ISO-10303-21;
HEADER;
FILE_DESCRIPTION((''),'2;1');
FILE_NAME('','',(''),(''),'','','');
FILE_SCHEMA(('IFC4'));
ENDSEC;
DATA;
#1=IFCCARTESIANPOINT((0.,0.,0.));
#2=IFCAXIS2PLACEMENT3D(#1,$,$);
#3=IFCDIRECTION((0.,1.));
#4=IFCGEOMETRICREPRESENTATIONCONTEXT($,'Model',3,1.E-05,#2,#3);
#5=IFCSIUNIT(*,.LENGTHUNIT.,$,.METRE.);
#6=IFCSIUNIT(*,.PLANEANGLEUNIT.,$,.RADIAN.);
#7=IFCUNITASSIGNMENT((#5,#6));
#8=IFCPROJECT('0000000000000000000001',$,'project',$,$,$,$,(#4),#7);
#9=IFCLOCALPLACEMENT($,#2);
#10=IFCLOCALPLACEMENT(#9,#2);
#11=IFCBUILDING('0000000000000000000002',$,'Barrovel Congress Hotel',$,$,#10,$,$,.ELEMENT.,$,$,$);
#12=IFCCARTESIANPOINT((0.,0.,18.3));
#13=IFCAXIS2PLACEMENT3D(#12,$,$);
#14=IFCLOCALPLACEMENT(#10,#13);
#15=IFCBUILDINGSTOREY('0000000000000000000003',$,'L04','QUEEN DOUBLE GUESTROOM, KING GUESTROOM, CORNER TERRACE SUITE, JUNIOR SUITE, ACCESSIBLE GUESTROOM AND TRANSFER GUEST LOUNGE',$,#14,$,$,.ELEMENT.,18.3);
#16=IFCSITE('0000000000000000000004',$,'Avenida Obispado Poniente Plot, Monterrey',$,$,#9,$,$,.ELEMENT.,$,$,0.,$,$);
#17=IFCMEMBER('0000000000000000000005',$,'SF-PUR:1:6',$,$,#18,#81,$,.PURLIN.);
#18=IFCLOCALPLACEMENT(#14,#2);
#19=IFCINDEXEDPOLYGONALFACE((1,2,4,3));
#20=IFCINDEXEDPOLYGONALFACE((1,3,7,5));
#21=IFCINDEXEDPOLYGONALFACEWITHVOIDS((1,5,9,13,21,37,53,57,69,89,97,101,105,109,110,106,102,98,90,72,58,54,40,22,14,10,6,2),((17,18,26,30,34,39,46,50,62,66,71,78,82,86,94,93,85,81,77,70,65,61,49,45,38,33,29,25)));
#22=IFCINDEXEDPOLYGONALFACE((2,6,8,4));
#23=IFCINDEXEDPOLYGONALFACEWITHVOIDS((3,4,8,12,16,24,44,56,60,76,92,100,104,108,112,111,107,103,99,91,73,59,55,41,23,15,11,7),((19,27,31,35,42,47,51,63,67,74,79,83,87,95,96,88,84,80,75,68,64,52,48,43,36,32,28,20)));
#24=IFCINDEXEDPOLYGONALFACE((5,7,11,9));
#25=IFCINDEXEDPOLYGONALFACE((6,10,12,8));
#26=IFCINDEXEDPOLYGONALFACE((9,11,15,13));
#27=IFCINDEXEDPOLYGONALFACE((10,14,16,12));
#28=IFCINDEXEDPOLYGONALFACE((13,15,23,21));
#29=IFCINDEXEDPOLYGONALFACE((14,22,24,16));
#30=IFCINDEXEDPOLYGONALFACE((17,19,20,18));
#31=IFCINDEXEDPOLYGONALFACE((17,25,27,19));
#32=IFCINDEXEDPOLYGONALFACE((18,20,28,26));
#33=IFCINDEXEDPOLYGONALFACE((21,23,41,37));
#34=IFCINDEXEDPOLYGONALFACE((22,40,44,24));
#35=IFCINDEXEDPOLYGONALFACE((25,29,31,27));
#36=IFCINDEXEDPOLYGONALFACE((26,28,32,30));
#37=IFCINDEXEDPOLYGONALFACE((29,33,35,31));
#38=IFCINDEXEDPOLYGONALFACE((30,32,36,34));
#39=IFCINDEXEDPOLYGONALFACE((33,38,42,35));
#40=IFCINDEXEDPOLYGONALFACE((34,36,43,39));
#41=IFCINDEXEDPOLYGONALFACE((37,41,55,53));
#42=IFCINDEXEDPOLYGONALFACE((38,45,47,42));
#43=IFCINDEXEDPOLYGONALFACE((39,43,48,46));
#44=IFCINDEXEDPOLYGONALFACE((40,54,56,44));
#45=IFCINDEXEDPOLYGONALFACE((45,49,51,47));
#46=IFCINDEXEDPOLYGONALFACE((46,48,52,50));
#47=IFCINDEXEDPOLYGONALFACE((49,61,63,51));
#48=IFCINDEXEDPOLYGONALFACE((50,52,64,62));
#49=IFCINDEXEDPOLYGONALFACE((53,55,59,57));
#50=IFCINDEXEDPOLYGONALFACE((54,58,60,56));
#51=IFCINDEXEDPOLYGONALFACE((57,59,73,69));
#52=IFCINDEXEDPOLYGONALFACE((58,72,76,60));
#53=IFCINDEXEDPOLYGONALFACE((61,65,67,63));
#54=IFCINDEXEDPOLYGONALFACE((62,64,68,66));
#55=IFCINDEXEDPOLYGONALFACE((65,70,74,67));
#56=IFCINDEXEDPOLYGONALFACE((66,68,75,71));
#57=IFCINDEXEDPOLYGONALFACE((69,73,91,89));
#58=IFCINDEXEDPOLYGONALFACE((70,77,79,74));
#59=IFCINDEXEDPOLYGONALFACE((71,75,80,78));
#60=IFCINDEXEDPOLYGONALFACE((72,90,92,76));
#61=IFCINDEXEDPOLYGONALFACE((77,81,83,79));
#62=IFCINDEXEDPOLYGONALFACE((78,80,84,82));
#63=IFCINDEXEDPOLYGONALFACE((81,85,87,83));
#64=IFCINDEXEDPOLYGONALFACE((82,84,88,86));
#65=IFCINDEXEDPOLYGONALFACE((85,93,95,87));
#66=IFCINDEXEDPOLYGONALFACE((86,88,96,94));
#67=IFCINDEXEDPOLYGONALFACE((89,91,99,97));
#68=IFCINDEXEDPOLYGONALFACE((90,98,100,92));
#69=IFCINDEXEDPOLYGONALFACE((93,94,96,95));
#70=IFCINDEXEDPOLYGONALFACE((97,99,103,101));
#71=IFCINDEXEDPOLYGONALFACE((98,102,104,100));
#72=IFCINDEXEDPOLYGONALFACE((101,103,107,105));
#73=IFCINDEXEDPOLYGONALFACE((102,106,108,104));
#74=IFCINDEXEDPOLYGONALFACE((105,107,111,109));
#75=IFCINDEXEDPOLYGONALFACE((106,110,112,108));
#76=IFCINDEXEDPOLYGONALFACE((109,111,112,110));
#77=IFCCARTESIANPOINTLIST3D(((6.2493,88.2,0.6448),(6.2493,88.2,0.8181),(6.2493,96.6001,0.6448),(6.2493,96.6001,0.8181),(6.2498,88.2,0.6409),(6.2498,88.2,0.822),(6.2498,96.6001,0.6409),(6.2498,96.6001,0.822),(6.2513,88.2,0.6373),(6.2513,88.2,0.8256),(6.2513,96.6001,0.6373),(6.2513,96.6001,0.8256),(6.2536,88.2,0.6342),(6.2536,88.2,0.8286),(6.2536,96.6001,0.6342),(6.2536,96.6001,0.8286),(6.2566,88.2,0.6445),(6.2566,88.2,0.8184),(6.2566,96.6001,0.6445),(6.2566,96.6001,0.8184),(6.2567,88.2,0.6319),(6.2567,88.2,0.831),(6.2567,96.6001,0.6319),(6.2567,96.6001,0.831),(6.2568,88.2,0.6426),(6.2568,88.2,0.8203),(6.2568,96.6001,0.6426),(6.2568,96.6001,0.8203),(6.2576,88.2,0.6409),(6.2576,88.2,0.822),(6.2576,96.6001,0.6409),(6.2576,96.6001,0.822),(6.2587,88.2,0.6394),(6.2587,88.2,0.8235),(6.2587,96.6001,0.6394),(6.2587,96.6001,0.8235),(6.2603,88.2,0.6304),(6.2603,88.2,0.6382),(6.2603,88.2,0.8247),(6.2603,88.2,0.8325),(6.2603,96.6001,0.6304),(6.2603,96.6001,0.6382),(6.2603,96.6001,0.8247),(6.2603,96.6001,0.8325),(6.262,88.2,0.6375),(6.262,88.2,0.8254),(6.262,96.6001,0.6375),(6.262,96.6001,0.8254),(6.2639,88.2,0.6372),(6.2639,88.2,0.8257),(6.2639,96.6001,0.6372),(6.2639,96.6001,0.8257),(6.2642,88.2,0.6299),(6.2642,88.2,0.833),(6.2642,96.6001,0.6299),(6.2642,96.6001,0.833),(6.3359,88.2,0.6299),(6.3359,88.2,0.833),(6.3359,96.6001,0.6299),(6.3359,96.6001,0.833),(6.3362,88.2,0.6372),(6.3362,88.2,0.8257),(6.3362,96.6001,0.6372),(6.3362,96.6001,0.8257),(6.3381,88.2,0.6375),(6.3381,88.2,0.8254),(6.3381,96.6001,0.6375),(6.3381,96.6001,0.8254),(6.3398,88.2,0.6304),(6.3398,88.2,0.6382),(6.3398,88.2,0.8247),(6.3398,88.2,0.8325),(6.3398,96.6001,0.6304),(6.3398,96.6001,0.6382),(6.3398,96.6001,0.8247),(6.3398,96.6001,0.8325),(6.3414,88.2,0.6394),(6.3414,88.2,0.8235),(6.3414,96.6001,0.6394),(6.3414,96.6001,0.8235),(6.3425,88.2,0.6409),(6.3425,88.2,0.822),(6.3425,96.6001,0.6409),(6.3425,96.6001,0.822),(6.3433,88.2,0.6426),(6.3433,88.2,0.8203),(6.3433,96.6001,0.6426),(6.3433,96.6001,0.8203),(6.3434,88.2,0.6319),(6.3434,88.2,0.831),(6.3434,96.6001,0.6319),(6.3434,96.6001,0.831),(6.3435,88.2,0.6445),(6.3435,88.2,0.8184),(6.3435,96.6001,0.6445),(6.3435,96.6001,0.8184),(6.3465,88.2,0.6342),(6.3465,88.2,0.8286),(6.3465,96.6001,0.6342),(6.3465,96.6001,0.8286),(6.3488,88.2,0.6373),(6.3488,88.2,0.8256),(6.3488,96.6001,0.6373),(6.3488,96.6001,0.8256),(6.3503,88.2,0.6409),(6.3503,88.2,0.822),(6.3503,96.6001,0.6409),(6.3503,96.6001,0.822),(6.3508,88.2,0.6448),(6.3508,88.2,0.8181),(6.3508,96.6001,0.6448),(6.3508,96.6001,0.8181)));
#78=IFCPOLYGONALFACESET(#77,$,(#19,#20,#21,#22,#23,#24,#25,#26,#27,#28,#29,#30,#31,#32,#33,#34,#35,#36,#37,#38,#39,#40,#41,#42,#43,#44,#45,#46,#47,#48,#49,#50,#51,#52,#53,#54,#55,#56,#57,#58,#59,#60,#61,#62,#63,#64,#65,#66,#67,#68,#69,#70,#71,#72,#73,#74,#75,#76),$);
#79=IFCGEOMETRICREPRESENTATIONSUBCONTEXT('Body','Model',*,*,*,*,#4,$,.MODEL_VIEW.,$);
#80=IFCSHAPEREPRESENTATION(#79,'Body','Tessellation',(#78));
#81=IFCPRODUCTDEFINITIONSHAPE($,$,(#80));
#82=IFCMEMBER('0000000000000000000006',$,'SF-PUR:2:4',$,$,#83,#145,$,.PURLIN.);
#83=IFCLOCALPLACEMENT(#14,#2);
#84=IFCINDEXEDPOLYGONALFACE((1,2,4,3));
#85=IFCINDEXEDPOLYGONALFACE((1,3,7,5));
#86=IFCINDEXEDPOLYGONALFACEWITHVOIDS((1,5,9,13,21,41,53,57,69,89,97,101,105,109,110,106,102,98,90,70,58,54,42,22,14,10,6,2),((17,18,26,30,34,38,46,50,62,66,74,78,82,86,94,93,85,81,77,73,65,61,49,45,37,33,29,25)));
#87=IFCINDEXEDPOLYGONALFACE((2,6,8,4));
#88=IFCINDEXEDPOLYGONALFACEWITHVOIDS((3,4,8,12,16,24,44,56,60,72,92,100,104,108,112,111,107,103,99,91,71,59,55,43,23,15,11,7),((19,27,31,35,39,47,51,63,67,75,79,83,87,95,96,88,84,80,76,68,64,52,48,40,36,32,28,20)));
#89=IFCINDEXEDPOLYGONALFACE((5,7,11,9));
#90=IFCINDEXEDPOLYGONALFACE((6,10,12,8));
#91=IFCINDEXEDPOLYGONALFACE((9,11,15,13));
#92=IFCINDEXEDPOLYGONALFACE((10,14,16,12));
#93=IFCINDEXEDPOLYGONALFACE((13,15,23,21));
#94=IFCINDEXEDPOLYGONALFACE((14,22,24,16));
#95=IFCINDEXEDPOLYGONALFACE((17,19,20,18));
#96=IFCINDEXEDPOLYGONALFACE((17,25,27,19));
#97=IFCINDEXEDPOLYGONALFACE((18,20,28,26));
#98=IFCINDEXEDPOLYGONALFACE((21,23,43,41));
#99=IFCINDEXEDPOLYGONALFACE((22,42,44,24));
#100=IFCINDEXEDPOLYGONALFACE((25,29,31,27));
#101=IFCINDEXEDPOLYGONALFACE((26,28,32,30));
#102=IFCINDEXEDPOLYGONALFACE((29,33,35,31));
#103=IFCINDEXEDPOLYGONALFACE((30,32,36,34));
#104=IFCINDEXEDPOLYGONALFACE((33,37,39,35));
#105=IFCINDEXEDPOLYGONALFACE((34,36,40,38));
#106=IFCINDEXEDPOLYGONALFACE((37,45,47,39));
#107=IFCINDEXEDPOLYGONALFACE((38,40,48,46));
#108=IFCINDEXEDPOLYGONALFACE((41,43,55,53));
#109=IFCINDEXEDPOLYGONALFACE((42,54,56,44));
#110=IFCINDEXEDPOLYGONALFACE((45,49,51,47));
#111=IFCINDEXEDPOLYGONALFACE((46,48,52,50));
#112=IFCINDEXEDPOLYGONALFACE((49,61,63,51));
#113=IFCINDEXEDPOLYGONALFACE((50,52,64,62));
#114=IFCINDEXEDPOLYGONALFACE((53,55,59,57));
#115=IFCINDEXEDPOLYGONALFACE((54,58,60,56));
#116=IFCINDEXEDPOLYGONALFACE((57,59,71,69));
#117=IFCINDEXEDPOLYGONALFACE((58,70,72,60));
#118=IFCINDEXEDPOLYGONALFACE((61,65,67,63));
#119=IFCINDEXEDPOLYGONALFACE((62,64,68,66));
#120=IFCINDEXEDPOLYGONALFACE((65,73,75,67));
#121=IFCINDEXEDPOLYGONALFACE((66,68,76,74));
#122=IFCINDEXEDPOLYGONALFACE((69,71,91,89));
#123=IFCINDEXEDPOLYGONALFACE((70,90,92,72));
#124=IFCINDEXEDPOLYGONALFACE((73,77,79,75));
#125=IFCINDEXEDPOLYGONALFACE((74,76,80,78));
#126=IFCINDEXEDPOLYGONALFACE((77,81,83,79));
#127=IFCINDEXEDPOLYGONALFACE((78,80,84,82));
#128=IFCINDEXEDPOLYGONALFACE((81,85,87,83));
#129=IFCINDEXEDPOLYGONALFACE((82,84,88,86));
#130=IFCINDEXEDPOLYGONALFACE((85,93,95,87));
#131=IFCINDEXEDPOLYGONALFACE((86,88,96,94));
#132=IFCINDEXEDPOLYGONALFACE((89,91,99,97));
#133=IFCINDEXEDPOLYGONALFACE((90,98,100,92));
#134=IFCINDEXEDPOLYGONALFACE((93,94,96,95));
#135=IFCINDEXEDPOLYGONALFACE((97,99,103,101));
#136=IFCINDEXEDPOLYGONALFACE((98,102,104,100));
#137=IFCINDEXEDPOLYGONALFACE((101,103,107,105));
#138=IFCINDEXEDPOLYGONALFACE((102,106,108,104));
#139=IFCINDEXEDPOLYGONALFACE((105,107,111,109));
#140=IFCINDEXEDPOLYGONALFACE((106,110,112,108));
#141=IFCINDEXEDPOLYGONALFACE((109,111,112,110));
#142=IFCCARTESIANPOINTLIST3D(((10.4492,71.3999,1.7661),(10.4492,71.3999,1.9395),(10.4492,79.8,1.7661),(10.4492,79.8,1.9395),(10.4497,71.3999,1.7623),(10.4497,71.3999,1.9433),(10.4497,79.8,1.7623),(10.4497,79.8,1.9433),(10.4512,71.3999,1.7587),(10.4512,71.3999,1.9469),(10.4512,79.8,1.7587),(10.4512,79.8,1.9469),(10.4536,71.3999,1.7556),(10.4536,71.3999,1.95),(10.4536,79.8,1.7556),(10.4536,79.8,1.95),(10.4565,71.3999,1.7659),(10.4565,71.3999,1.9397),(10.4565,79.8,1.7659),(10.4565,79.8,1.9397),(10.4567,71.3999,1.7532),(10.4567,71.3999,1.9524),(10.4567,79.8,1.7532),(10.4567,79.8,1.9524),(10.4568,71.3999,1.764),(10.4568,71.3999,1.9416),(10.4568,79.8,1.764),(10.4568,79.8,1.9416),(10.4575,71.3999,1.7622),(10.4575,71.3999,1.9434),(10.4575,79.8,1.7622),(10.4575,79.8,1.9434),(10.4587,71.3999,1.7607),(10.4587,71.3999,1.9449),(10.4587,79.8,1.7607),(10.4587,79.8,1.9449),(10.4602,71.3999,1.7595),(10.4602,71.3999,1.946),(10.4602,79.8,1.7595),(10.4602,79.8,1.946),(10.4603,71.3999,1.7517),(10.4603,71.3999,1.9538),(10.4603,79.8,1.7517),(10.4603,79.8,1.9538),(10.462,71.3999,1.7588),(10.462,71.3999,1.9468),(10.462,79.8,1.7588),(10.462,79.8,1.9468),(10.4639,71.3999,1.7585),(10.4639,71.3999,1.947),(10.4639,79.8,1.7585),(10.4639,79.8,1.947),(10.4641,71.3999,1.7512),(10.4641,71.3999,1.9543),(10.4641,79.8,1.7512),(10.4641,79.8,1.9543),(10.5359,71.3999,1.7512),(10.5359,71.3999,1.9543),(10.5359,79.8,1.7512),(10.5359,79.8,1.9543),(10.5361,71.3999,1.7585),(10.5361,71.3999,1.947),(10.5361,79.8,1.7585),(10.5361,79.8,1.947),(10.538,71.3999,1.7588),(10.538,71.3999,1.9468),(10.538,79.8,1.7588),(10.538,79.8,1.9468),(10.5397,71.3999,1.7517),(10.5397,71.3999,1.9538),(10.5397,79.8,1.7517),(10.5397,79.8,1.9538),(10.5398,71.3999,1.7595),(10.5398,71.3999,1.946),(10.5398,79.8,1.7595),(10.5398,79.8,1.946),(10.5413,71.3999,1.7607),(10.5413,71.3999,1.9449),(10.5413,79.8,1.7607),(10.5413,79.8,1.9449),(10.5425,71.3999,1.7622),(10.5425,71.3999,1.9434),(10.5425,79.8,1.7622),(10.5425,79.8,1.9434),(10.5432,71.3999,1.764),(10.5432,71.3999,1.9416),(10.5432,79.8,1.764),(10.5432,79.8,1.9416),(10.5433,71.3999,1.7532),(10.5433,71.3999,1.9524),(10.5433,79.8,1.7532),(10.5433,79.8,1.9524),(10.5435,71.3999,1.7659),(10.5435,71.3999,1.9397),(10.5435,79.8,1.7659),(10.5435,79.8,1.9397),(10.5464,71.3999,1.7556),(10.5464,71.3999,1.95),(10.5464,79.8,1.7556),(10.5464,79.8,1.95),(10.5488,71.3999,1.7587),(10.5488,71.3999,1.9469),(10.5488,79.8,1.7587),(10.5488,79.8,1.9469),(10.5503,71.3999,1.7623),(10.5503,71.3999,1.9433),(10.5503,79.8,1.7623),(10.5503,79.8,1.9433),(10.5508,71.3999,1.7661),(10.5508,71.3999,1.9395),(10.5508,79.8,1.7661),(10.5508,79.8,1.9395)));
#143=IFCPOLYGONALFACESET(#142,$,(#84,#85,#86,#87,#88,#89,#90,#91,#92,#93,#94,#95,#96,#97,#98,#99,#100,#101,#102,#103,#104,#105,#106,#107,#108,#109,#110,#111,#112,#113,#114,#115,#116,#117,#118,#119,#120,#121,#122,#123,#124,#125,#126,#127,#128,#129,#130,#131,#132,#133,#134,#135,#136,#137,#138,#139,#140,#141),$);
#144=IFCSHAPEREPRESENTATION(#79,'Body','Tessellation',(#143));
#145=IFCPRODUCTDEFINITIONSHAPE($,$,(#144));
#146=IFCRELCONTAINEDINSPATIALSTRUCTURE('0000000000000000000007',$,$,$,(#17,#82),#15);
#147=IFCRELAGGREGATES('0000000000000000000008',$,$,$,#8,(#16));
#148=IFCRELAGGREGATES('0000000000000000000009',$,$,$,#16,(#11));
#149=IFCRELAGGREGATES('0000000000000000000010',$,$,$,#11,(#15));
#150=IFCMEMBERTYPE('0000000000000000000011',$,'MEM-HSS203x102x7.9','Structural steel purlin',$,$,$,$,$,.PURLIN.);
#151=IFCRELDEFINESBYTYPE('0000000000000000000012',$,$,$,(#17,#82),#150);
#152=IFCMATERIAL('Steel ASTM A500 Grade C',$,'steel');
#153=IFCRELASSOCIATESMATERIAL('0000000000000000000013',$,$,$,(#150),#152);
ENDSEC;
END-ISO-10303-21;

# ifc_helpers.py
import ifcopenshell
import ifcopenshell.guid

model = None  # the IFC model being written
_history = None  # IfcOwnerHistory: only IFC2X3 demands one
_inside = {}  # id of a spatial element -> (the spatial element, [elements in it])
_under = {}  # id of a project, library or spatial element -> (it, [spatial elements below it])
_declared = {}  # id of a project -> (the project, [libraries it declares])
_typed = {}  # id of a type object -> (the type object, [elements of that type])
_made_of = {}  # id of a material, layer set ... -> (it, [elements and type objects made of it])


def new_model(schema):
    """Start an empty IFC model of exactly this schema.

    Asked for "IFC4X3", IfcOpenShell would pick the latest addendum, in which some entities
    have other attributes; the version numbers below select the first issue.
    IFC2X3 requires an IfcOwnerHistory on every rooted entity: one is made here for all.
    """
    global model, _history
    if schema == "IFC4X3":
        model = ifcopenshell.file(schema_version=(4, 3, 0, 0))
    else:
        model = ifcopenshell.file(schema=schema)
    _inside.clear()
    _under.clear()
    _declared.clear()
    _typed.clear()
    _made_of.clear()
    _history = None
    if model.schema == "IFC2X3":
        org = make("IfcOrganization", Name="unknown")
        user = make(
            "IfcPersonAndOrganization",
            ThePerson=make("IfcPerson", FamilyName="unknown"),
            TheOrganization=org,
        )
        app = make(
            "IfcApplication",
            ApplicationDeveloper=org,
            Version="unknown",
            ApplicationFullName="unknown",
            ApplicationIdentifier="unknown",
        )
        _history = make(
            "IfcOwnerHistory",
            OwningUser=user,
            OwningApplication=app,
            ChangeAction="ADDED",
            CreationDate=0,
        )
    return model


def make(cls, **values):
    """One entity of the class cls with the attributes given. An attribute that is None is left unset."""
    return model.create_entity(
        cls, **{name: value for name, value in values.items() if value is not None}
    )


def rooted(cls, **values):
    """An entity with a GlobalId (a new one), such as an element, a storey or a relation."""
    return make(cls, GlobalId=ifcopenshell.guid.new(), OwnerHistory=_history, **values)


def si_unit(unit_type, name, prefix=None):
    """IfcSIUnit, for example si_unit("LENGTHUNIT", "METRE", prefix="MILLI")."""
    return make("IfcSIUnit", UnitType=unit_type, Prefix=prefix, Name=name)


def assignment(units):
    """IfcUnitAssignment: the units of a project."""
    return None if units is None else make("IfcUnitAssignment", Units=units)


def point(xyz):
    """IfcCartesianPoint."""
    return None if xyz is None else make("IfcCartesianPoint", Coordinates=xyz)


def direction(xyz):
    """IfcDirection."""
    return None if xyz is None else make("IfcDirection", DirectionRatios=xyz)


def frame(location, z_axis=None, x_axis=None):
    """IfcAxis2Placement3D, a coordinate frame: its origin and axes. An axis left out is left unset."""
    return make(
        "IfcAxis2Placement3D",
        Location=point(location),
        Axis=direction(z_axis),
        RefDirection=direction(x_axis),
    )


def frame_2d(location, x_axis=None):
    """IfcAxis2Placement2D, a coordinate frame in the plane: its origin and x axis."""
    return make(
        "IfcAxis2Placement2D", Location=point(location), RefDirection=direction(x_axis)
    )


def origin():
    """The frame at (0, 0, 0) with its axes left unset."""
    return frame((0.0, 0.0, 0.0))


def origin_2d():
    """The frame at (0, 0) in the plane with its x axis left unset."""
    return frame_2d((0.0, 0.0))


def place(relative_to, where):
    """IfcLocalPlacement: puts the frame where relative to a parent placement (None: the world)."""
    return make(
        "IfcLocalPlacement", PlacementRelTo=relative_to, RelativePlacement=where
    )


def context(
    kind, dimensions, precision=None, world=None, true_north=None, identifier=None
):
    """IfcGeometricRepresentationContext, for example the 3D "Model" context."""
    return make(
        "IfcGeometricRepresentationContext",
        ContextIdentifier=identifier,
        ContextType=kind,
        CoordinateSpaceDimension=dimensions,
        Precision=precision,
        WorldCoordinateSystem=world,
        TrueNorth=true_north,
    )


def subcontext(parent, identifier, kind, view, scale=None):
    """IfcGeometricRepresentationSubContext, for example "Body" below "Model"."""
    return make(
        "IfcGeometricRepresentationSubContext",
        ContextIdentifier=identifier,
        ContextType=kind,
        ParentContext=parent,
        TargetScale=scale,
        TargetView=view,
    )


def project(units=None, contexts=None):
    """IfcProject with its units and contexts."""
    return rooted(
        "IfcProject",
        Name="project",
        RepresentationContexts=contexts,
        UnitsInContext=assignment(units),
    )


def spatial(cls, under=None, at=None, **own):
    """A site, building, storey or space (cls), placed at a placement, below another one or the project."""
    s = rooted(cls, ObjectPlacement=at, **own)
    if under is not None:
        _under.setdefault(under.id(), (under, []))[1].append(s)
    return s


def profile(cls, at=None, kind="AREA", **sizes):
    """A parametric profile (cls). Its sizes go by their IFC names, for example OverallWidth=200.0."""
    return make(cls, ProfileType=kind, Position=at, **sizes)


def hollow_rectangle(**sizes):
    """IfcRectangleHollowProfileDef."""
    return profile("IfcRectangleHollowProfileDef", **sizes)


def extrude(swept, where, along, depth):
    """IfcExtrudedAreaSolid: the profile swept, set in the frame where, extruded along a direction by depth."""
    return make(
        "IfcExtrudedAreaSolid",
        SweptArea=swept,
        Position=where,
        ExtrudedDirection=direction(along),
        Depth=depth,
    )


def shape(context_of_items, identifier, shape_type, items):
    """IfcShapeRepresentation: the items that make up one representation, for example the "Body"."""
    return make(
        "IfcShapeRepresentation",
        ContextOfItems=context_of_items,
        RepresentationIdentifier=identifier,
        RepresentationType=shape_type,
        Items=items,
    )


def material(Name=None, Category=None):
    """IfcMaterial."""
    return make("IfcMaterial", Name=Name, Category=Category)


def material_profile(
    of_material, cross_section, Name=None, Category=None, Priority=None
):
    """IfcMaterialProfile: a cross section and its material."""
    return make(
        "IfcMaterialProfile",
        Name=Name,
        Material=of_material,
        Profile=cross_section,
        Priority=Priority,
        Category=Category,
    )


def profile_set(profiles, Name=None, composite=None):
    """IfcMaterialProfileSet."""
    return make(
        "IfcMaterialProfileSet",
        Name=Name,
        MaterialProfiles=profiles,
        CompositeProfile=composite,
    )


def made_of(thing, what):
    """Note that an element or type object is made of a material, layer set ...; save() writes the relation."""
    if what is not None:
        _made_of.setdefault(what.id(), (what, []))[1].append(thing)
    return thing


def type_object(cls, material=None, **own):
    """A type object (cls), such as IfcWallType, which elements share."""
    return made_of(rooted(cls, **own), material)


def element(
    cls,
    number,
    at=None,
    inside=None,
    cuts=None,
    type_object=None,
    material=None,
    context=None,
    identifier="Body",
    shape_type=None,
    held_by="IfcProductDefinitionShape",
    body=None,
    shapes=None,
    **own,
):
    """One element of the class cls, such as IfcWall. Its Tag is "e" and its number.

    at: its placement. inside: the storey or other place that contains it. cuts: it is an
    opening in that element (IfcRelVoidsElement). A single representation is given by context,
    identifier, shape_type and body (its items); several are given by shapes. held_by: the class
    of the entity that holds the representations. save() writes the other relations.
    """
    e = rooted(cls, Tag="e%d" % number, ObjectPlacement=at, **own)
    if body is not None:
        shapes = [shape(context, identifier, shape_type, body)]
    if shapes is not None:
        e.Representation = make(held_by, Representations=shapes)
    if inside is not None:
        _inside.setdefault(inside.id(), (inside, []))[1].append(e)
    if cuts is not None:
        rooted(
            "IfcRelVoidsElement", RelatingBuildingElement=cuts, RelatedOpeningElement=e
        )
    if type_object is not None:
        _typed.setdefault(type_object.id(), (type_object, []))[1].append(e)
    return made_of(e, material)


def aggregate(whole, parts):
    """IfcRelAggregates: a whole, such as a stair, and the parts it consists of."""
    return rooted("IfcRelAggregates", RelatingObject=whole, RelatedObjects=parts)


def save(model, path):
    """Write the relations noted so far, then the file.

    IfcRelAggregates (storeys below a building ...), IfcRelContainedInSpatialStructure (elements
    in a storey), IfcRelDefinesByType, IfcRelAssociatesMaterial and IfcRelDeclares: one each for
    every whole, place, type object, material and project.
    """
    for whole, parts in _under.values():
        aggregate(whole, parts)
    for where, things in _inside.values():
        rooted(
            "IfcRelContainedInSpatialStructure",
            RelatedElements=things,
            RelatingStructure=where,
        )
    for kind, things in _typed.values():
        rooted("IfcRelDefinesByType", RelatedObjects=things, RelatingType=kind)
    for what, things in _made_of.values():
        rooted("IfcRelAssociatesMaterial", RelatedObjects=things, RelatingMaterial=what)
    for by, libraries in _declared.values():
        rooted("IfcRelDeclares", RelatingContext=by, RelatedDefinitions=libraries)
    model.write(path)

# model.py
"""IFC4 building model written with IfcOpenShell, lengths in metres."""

from ifc_helpers import new_model, si_unit, direction, frame, origin, origin_2d, place, context, subcontext, project, spatial, hollow_rectangle, extrude, material, material_profile, profile_set, type_object, element, save


model = new_model("IFC4")

# Units and contexts
model_context = context("Model", 3, precision=1e-05, world=origin(), true_north=direction((0.0, 1.0)))
body_context = subcontext(model_context, "Body", "Model", "MODEL_VIEW")
ifc_project = project(units=[si_unit("LENGTHUNIT", "METRE"), si_unit("PLANEANGLEUNIT", "RADIAN")], contexts=[model_context])

# Site, building, storey
site_placement = place(None, origin())
site = spatial("IfcSite", under=ifc_project, at=site_placement, Name="Avenida Obispado Poniente Plot, Monterrey", CompositionType="ELEMENT", RefElevation=0.0)
building_placement = place(site_placement, origin())
building = spatial("IfcBuilding", under=site, at=building_placement, Name="Barrovel Congress Hotel", CompositionType="ELEMENT")
storey_placement = place(building_placement, frame((0.0, 0.0, 18.3)))
storey = spatial("IfcBuildingStorey", under=building, at=storey_placement, Name="L04", Description="QUEEN DOUBLE GUESTROOM, KING GUESTROOM, CORNER TERRACE SUITE, JUNIOR SUITE, ACCESSIBLE GUESTROOM AND TRANSFER GUEST LOUNGE", CompositionType="ELEMENT", Elevation=18.3)

# Members
ifc_material_1 = material(Name="Steel ASTM A500 Grade C", Category="steel")
ifc_material_profile_1 = material_profile(ifc_material_1, hollow_rectangle(XDim=0.1016, YDim=0.2031, WallThickness=0.0073, InnerFilletRadius=0.0073, OuterFilletRadius=0.0149, at=origin_2d()), Name="HSS203x102x7.9")
ifc_profile_set_1 = profile_set([ifc_material_profile_1], Name="Steel ASTM A500 Grade C")
member_type_1 = type_object("IfcMemberType", Name="MEM-HSS203x102x7.9", Description="Structural steel purlin", PredefinedType="PURLIN", material=ifc_profile_set_1)
for number, where, z_axis, x_axis, name in (
    (1, (6.3, 88.2, 0.7314), (0.0, 1.0, 0.0), (-1.0, 0.0, 0.0), "SF-PUR:1:6"),
    (2, (10.5, 71.3999, 1.8528), (0.0, 1.0, 0.0), (-1.0, 0.0, 0.0), "SF-PUR:2:4"),
):
    element("IfcMember", number, at=place(storey_placement, frame(where, z_axis=z_axis, x_axis=x_axis)), inside=storey, type_object=member_type_1, Name=name, PredefinedType="PURLIN", context=body_context, shape_type="SweptSolid", body=[
        extrude(hollow_rectangle(XDim=0.1016, YDim=0.2031, WallThickness=0.0073, InnerFilletRadius=0.0073, OuterFilletRadius=0.0149, at=origin_2d()), origin(), (0.0, 0.0, 1.0), 8.4001),
    ])

save(model, "model.ifc")
